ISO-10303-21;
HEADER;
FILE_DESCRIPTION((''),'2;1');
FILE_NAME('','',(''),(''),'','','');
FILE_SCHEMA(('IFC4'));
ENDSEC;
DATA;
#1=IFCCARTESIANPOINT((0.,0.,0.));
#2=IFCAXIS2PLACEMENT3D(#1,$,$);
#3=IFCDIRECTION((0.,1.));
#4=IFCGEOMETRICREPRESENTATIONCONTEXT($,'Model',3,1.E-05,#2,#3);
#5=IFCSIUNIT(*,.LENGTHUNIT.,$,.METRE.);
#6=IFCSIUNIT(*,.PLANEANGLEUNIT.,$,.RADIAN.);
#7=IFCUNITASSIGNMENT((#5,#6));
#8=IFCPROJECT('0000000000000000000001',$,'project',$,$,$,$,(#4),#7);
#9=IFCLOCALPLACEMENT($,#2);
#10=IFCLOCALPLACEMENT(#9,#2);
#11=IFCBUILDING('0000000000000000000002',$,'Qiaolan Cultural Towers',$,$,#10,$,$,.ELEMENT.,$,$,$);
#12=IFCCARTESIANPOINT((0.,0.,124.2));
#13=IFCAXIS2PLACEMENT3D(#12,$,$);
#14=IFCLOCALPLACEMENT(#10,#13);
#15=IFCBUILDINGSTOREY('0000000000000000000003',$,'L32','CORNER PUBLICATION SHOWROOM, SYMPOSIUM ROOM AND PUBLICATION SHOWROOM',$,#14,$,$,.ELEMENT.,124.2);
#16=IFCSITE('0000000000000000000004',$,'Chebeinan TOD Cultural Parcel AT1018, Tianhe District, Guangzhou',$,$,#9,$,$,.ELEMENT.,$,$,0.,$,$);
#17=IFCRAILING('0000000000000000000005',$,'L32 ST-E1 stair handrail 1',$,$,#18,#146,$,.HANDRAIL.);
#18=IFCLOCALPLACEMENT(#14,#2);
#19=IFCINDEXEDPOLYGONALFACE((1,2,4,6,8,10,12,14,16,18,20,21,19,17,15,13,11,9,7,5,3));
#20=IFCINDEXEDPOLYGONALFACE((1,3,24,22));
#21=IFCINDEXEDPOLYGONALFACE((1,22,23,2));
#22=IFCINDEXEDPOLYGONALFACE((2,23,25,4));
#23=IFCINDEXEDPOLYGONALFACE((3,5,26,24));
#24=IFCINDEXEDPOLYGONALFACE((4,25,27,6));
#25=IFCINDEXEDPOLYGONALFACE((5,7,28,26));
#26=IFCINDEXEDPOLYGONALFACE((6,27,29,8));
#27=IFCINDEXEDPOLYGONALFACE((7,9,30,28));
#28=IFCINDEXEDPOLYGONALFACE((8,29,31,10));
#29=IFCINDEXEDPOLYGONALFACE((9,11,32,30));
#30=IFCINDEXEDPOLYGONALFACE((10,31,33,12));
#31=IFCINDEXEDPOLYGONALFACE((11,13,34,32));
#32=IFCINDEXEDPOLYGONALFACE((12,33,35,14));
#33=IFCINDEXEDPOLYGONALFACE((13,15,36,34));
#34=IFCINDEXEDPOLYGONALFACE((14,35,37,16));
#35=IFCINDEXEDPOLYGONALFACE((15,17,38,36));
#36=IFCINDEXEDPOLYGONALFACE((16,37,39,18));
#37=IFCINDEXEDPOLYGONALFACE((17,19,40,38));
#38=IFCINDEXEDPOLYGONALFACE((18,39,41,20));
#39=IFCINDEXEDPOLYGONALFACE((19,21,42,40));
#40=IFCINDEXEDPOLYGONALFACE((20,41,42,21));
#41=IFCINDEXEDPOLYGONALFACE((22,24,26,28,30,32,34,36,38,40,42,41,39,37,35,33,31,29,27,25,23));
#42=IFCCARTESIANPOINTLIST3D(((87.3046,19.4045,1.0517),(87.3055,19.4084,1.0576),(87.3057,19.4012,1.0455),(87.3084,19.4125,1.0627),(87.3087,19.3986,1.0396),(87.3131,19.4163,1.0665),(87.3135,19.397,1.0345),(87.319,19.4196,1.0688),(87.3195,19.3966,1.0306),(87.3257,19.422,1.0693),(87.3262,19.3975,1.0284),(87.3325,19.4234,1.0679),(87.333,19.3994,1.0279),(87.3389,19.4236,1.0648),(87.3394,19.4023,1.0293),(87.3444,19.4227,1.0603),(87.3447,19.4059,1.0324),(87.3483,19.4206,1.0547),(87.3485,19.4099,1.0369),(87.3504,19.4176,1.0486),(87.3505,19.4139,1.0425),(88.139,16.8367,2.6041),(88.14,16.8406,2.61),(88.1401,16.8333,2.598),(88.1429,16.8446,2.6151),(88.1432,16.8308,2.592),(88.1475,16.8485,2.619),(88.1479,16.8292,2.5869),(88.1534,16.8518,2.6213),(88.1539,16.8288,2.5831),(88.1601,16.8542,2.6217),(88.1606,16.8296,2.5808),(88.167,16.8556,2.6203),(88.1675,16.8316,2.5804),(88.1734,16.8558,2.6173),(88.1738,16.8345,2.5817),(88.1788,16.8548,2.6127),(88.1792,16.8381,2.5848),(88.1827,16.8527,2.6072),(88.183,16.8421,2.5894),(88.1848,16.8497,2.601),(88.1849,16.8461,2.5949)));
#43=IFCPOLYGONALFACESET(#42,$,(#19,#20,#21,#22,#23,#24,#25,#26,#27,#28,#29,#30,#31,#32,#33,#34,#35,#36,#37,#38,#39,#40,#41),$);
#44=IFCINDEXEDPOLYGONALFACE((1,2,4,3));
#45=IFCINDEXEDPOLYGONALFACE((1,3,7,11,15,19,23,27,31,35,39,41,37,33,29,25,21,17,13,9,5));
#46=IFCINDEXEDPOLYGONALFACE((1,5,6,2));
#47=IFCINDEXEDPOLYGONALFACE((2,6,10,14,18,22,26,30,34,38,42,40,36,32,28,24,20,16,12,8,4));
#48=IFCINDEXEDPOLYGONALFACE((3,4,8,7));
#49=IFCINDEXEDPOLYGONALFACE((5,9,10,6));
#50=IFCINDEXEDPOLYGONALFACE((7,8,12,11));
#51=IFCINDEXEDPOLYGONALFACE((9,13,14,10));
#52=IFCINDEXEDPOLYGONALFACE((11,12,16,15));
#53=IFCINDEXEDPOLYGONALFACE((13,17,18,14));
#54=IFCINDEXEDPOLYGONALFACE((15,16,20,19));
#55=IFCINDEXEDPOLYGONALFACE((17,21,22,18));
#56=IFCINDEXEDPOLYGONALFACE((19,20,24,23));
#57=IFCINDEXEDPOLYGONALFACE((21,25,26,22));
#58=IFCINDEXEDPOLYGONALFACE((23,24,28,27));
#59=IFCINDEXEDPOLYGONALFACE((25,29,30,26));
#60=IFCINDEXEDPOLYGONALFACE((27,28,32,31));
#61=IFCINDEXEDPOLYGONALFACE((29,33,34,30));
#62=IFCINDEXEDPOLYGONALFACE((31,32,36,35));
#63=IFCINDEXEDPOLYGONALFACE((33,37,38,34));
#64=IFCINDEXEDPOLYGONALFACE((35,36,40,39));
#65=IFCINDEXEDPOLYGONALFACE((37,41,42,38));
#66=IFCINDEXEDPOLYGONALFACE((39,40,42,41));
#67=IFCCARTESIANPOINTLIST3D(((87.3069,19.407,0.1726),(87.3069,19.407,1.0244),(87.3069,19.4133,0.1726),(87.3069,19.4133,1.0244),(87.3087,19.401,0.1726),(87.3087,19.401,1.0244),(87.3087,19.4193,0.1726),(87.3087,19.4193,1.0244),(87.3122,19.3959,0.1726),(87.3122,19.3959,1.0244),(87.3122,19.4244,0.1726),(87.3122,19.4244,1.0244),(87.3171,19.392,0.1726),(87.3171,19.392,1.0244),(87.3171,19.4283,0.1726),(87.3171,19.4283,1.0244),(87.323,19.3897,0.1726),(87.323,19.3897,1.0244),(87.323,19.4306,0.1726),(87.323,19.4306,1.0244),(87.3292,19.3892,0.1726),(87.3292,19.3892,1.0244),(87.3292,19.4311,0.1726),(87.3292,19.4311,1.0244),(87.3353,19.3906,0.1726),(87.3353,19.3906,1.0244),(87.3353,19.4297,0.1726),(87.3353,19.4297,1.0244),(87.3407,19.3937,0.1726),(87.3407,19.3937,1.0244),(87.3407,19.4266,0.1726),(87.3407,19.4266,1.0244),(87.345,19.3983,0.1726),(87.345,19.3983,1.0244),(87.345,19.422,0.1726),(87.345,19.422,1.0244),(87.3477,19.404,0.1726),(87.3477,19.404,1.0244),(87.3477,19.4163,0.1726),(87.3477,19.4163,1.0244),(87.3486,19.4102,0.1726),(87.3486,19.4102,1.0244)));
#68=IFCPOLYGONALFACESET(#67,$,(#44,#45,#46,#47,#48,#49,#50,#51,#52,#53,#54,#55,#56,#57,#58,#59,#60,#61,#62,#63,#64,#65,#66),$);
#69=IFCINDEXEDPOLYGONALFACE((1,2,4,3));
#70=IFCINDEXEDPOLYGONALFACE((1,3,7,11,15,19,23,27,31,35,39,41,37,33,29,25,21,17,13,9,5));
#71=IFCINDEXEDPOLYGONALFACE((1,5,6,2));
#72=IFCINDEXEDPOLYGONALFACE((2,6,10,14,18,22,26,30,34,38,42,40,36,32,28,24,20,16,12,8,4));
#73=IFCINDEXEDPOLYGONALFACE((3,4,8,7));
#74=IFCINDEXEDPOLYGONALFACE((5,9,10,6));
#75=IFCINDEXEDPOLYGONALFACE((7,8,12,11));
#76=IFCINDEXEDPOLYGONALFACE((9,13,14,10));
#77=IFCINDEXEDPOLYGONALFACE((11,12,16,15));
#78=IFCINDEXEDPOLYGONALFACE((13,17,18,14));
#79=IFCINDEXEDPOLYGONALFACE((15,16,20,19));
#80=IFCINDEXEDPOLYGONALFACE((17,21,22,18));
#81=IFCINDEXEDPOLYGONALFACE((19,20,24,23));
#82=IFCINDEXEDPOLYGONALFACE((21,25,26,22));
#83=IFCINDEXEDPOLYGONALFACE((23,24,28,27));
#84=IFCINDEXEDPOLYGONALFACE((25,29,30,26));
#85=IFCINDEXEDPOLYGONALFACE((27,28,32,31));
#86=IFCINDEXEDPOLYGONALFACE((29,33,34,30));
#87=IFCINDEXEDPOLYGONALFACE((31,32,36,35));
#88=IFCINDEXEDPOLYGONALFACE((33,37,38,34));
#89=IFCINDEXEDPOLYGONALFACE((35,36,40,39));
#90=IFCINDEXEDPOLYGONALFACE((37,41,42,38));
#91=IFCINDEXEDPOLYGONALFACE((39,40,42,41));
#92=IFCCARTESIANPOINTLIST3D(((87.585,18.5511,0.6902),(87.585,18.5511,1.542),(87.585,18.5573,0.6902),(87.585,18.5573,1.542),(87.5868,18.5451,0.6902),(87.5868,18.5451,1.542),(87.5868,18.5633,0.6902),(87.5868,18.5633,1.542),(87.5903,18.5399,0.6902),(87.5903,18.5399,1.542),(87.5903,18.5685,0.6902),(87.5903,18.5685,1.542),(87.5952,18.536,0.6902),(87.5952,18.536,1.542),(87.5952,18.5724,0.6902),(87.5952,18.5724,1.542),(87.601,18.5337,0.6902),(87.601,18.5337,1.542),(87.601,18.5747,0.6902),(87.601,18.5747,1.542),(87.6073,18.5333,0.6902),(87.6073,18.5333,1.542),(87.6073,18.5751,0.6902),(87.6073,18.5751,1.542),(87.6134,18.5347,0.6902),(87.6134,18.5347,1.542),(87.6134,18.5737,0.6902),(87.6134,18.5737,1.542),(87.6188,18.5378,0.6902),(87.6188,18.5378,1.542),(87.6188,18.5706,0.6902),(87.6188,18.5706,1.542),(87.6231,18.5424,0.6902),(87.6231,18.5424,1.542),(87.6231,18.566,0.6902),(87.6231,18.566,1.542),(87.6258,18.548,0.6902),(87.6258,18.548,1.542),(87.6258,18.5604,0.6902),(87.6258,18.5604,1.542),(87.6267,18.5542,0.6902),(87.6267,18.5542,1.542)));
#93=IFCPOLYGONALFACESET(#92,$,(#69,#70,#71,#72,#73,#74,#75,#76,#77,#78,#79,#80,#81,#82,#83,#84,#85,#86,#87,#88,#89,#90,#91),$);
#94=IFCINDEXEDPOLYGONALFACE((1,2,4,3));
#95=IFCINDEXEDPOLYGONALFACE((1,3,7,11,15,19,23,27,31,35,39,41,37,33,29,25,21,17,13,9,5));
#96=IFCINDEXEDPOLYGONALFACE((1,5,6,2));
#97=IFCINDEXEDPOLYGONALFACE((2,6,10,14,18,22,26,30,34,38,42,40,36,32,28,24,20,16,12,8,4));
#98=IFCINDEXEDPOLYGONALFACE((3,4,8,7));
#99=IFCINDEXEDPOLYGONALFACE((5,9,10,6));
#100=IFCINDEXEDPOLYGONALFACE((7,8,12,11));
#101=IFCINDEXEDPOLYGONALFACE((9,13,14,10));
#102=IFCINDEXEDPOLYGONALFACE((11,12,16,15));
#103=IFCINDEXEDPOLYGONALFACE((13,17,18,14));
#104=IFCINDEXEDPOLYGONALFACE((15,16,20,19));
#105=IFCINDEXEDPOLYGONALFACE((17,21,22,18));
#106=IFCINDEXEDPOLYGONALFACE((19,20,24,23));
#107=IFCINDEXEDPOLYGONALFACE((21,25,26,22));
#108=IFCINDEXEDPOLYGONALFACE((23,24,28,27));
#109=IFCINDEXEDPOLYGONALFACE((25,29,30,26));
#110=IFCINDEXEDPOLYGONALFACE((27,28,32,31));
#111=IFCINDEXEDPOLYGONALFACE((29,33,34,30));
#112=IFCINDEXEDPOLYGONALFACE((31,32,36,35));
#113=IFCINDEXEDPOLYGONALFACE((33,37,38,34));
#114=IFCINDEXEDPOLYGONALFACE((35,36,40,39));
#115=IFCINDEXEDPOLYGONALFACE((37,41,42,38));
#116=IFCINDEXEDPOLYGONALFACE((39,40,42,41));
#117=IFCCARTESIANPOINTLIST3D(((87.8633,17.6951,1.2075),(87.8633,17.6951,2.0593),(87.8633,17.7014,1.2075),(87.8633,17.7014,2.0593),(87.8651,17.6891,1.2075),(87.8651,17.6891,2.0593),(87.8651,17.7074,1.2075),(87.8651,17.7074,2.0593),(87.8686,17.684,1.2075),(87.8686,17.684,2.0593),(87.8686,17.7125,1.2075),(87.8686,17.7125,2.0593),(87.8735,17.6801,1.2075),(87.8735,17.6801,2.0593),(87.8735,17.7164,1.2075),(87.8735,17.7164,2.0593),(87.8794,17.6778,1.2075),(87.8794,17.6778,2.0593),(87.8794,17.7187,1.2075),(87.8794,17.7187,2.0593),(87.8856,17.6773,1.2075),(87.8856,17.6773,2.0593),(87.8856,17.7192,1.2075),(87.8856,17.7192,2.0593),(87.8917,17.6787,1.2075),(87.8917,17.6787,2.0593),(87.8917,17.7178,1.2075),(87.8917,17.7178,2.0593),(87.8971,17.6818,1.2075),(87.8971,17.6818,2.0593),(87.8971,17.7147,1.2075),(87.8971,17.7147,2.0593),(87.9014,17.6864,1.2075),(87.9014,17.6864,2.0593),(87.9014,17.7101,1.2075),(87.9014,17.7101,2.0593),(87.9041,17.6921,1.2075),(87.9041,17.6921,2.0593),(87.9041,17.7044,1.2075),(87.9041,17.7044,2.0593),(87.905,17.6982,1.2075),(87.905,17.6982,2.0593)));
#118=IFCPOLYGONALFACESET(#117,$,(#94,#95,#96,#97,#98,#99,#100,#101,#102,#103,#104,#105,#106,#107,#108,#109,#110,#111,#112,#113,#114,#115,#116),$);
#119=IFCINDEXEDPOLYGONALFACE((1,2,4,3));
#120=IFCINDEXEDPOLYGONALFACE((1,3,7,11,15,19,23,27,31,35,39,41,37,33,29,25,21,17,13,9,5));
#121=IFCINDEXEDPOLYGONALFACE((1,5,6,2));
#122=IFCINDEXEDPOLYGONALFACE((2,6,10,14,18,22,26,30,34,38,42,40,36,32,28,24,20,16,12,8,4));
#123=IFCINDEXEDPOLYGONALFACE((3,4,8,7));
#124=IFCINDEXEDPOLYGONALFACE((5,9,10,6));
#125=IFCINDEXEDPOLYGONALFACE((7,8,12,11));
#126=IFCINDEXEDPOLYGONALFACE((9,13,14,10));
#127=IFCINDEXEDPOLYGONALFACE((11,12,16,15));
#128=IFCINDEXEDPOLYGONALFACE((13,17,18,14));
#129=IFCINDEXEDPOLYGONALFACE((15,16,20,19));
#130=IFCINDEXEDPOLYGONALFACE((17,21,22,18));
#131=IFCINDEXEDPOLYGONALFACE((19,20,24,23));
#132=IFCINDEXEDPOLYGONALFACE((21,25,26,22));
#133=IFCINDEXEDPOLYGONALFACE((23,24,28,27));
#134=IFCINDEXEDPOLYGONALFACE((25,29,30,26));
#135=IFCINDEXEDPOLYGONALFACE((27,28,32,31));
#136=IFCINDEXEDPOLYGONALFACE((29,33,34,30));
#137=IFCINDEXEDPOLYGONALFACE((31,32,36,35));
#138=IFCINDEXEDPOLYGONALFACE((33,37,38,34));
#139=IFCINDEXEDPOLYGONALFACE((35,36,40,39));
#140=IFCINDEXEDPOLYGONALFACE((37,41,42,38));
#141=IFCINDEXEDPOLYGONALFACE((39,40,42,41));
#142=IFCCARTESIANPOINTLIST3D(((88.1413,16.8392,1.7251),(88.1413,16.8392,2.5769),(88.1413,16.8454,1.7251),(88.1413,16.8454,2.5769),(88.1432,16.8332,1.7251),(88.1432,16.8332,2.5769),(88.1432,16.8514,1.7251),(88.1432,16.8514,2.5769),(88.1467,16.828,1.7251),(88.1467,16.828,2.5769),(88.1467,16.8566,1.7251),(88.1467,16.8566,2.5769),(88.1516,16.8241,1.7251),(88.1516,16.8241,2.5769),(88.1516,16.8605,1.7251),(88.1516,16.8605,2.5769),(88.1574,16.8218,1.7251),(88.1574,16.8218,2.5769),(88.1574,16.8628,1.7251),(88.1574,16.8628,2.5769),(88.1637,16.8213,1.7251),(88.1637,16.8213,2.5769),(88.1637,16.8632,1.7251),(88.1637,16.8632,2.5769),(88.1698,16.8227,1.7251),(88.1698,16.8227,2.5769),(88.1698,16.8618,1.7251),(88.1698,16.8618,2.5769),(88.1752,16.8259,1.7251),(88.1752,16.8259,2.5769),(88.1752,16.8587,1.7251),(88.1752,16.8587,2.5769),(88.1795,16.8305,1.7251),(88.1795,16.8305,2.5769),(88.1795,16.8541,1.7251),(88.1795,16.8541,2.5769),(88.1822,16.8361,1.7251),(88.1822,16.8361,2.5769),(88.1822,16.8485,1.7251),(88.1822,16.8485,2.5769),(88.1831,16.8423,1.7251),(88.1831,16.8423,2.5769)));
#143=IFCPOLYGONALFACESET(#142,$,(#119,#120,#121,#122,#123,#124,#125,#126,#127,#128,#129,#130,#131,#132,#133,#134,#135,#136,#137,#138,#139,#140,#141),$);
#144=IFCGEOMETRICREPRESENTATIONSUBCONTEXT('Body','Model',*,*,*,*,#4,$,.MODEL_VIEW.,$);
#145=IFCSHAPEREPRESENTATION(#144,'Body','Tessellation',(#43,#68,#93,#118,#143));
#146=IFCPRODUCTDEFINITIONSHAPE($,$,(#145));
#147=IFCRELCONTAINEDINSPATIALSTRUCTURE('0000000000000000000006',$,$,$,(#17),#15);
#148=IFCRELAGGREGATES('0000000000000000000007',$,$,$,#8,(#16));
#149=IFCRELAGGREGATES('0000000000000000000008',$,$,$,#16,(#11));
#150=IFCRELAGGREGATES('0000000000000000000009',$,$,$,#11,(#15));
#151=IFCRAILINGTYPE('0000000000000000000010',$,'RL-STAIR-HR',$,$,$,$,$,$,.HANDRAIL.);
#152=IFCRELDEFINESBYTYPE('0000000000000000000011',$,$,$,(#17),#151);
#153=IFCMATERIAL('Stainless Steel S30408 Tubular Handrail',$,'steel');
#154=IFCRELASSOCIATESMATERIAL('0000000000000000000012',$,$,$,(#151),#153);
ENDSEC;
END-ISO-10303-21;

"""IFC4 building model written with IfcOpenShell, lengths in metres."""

from ifc_helpers import new_model, si_unit, direction, frame, origin, origin_2d, place, context, subcontext, project, spatial, circle, extrude, material, type_object, element, save


model = new_model("IFC4")

# Units and contexts
model_context = context("Model", 3, precision=1e-05, world=origin(), true_north=direction((0.0, 1.0)))
body_context = subcontext(model_context, "Body", "Model", "MODEL_VIEW")
ifc_project = project(units=[si_unit("LENGTHUNIT", "METRE"), si_unit("PLANEANGLEUNIT", "RADIAN")], contexts=[model_context])

# Site, building, storey
site_placement = place(None, origin())
site = spatial("IfcSite", under=ifc_project, at=site_placement, Name="Chebeinan TOD Cultural Parcel AT1018, Tianhe District, Guangzhou", CompositionType="ELEMENT", RefElevation=0.0)
building_placement = place(site_placement, origin())
building = spatial("IfcBuilding", under=site, at=building_placement, Name="Qiaolan Cultural Towers", CompositionType="ELEMENT")
storey_placement = place(building_placement, frame((0.0, 0.0, 124.2)))
storey = spatial("IfcBuildingStorey", under=building, at=storey_placement, Name="L32", Description="CORNER PUBLICATION SHOWROOM, SYMPOSIUM ROOM AND PUBLICATION SHOWROOM", CompositionType="ELEMENT", Elevation=124.2)

# Railing
ifc_material_1 = material(Name="Stainless Steel S30408 Tubular Handrail", Category="steel")
railing_type_1 = type_object("IfcRailingType", Name="RL-STAIR-HR", PredefinedType="HANDRAIL", material=ifc_material_1)
railing_1_placement = place(storey_placement, frame((87.3276, 19.4102, 0.1726)))
element("IfcRailing", 1, at=railing_1_placement, inside=storey, type_object=railing_type_1, Name="L32 ST-E1 stair handrail 1", PredefinedType="HANDRAIL", context=body_context, shape_type="SweptSolid", body=[
    extrude(circle(Radius=0.0239, at=origin_2d()), frame((0.0, 0.0, 0.876), z_axis=(0.267926, -0.824471, 0.498461), x_axis=(0.951043, 0.309057, 0.0)), (0.0, 0.0, 1.0), 3.1145),
    extrude(circle(Radius=0.021, at=origin_2d()), origin(), (0.0, 0.0, 1.0), 0.8518),
    extrude(circle(Radius=0.021, at=origin_2d()), frame((0.2781, -0.856, 0.5176)), (0.0, 0.0, 1.0), 0.8518),
    extrude(circle(Radius=0.021, at=origin_2d()), frame((0.5564, -1.7119, 1.0349)), (0.0, 0.0, 1.0), 0.8518),
    extrude(circle(Radius=0.021, at=origin_2d()), frame((0.8345, -2.5679, 1.5525)), (0.0, 0.0, 1.0), 0.8518),
])

save(model, "model.ifc")
